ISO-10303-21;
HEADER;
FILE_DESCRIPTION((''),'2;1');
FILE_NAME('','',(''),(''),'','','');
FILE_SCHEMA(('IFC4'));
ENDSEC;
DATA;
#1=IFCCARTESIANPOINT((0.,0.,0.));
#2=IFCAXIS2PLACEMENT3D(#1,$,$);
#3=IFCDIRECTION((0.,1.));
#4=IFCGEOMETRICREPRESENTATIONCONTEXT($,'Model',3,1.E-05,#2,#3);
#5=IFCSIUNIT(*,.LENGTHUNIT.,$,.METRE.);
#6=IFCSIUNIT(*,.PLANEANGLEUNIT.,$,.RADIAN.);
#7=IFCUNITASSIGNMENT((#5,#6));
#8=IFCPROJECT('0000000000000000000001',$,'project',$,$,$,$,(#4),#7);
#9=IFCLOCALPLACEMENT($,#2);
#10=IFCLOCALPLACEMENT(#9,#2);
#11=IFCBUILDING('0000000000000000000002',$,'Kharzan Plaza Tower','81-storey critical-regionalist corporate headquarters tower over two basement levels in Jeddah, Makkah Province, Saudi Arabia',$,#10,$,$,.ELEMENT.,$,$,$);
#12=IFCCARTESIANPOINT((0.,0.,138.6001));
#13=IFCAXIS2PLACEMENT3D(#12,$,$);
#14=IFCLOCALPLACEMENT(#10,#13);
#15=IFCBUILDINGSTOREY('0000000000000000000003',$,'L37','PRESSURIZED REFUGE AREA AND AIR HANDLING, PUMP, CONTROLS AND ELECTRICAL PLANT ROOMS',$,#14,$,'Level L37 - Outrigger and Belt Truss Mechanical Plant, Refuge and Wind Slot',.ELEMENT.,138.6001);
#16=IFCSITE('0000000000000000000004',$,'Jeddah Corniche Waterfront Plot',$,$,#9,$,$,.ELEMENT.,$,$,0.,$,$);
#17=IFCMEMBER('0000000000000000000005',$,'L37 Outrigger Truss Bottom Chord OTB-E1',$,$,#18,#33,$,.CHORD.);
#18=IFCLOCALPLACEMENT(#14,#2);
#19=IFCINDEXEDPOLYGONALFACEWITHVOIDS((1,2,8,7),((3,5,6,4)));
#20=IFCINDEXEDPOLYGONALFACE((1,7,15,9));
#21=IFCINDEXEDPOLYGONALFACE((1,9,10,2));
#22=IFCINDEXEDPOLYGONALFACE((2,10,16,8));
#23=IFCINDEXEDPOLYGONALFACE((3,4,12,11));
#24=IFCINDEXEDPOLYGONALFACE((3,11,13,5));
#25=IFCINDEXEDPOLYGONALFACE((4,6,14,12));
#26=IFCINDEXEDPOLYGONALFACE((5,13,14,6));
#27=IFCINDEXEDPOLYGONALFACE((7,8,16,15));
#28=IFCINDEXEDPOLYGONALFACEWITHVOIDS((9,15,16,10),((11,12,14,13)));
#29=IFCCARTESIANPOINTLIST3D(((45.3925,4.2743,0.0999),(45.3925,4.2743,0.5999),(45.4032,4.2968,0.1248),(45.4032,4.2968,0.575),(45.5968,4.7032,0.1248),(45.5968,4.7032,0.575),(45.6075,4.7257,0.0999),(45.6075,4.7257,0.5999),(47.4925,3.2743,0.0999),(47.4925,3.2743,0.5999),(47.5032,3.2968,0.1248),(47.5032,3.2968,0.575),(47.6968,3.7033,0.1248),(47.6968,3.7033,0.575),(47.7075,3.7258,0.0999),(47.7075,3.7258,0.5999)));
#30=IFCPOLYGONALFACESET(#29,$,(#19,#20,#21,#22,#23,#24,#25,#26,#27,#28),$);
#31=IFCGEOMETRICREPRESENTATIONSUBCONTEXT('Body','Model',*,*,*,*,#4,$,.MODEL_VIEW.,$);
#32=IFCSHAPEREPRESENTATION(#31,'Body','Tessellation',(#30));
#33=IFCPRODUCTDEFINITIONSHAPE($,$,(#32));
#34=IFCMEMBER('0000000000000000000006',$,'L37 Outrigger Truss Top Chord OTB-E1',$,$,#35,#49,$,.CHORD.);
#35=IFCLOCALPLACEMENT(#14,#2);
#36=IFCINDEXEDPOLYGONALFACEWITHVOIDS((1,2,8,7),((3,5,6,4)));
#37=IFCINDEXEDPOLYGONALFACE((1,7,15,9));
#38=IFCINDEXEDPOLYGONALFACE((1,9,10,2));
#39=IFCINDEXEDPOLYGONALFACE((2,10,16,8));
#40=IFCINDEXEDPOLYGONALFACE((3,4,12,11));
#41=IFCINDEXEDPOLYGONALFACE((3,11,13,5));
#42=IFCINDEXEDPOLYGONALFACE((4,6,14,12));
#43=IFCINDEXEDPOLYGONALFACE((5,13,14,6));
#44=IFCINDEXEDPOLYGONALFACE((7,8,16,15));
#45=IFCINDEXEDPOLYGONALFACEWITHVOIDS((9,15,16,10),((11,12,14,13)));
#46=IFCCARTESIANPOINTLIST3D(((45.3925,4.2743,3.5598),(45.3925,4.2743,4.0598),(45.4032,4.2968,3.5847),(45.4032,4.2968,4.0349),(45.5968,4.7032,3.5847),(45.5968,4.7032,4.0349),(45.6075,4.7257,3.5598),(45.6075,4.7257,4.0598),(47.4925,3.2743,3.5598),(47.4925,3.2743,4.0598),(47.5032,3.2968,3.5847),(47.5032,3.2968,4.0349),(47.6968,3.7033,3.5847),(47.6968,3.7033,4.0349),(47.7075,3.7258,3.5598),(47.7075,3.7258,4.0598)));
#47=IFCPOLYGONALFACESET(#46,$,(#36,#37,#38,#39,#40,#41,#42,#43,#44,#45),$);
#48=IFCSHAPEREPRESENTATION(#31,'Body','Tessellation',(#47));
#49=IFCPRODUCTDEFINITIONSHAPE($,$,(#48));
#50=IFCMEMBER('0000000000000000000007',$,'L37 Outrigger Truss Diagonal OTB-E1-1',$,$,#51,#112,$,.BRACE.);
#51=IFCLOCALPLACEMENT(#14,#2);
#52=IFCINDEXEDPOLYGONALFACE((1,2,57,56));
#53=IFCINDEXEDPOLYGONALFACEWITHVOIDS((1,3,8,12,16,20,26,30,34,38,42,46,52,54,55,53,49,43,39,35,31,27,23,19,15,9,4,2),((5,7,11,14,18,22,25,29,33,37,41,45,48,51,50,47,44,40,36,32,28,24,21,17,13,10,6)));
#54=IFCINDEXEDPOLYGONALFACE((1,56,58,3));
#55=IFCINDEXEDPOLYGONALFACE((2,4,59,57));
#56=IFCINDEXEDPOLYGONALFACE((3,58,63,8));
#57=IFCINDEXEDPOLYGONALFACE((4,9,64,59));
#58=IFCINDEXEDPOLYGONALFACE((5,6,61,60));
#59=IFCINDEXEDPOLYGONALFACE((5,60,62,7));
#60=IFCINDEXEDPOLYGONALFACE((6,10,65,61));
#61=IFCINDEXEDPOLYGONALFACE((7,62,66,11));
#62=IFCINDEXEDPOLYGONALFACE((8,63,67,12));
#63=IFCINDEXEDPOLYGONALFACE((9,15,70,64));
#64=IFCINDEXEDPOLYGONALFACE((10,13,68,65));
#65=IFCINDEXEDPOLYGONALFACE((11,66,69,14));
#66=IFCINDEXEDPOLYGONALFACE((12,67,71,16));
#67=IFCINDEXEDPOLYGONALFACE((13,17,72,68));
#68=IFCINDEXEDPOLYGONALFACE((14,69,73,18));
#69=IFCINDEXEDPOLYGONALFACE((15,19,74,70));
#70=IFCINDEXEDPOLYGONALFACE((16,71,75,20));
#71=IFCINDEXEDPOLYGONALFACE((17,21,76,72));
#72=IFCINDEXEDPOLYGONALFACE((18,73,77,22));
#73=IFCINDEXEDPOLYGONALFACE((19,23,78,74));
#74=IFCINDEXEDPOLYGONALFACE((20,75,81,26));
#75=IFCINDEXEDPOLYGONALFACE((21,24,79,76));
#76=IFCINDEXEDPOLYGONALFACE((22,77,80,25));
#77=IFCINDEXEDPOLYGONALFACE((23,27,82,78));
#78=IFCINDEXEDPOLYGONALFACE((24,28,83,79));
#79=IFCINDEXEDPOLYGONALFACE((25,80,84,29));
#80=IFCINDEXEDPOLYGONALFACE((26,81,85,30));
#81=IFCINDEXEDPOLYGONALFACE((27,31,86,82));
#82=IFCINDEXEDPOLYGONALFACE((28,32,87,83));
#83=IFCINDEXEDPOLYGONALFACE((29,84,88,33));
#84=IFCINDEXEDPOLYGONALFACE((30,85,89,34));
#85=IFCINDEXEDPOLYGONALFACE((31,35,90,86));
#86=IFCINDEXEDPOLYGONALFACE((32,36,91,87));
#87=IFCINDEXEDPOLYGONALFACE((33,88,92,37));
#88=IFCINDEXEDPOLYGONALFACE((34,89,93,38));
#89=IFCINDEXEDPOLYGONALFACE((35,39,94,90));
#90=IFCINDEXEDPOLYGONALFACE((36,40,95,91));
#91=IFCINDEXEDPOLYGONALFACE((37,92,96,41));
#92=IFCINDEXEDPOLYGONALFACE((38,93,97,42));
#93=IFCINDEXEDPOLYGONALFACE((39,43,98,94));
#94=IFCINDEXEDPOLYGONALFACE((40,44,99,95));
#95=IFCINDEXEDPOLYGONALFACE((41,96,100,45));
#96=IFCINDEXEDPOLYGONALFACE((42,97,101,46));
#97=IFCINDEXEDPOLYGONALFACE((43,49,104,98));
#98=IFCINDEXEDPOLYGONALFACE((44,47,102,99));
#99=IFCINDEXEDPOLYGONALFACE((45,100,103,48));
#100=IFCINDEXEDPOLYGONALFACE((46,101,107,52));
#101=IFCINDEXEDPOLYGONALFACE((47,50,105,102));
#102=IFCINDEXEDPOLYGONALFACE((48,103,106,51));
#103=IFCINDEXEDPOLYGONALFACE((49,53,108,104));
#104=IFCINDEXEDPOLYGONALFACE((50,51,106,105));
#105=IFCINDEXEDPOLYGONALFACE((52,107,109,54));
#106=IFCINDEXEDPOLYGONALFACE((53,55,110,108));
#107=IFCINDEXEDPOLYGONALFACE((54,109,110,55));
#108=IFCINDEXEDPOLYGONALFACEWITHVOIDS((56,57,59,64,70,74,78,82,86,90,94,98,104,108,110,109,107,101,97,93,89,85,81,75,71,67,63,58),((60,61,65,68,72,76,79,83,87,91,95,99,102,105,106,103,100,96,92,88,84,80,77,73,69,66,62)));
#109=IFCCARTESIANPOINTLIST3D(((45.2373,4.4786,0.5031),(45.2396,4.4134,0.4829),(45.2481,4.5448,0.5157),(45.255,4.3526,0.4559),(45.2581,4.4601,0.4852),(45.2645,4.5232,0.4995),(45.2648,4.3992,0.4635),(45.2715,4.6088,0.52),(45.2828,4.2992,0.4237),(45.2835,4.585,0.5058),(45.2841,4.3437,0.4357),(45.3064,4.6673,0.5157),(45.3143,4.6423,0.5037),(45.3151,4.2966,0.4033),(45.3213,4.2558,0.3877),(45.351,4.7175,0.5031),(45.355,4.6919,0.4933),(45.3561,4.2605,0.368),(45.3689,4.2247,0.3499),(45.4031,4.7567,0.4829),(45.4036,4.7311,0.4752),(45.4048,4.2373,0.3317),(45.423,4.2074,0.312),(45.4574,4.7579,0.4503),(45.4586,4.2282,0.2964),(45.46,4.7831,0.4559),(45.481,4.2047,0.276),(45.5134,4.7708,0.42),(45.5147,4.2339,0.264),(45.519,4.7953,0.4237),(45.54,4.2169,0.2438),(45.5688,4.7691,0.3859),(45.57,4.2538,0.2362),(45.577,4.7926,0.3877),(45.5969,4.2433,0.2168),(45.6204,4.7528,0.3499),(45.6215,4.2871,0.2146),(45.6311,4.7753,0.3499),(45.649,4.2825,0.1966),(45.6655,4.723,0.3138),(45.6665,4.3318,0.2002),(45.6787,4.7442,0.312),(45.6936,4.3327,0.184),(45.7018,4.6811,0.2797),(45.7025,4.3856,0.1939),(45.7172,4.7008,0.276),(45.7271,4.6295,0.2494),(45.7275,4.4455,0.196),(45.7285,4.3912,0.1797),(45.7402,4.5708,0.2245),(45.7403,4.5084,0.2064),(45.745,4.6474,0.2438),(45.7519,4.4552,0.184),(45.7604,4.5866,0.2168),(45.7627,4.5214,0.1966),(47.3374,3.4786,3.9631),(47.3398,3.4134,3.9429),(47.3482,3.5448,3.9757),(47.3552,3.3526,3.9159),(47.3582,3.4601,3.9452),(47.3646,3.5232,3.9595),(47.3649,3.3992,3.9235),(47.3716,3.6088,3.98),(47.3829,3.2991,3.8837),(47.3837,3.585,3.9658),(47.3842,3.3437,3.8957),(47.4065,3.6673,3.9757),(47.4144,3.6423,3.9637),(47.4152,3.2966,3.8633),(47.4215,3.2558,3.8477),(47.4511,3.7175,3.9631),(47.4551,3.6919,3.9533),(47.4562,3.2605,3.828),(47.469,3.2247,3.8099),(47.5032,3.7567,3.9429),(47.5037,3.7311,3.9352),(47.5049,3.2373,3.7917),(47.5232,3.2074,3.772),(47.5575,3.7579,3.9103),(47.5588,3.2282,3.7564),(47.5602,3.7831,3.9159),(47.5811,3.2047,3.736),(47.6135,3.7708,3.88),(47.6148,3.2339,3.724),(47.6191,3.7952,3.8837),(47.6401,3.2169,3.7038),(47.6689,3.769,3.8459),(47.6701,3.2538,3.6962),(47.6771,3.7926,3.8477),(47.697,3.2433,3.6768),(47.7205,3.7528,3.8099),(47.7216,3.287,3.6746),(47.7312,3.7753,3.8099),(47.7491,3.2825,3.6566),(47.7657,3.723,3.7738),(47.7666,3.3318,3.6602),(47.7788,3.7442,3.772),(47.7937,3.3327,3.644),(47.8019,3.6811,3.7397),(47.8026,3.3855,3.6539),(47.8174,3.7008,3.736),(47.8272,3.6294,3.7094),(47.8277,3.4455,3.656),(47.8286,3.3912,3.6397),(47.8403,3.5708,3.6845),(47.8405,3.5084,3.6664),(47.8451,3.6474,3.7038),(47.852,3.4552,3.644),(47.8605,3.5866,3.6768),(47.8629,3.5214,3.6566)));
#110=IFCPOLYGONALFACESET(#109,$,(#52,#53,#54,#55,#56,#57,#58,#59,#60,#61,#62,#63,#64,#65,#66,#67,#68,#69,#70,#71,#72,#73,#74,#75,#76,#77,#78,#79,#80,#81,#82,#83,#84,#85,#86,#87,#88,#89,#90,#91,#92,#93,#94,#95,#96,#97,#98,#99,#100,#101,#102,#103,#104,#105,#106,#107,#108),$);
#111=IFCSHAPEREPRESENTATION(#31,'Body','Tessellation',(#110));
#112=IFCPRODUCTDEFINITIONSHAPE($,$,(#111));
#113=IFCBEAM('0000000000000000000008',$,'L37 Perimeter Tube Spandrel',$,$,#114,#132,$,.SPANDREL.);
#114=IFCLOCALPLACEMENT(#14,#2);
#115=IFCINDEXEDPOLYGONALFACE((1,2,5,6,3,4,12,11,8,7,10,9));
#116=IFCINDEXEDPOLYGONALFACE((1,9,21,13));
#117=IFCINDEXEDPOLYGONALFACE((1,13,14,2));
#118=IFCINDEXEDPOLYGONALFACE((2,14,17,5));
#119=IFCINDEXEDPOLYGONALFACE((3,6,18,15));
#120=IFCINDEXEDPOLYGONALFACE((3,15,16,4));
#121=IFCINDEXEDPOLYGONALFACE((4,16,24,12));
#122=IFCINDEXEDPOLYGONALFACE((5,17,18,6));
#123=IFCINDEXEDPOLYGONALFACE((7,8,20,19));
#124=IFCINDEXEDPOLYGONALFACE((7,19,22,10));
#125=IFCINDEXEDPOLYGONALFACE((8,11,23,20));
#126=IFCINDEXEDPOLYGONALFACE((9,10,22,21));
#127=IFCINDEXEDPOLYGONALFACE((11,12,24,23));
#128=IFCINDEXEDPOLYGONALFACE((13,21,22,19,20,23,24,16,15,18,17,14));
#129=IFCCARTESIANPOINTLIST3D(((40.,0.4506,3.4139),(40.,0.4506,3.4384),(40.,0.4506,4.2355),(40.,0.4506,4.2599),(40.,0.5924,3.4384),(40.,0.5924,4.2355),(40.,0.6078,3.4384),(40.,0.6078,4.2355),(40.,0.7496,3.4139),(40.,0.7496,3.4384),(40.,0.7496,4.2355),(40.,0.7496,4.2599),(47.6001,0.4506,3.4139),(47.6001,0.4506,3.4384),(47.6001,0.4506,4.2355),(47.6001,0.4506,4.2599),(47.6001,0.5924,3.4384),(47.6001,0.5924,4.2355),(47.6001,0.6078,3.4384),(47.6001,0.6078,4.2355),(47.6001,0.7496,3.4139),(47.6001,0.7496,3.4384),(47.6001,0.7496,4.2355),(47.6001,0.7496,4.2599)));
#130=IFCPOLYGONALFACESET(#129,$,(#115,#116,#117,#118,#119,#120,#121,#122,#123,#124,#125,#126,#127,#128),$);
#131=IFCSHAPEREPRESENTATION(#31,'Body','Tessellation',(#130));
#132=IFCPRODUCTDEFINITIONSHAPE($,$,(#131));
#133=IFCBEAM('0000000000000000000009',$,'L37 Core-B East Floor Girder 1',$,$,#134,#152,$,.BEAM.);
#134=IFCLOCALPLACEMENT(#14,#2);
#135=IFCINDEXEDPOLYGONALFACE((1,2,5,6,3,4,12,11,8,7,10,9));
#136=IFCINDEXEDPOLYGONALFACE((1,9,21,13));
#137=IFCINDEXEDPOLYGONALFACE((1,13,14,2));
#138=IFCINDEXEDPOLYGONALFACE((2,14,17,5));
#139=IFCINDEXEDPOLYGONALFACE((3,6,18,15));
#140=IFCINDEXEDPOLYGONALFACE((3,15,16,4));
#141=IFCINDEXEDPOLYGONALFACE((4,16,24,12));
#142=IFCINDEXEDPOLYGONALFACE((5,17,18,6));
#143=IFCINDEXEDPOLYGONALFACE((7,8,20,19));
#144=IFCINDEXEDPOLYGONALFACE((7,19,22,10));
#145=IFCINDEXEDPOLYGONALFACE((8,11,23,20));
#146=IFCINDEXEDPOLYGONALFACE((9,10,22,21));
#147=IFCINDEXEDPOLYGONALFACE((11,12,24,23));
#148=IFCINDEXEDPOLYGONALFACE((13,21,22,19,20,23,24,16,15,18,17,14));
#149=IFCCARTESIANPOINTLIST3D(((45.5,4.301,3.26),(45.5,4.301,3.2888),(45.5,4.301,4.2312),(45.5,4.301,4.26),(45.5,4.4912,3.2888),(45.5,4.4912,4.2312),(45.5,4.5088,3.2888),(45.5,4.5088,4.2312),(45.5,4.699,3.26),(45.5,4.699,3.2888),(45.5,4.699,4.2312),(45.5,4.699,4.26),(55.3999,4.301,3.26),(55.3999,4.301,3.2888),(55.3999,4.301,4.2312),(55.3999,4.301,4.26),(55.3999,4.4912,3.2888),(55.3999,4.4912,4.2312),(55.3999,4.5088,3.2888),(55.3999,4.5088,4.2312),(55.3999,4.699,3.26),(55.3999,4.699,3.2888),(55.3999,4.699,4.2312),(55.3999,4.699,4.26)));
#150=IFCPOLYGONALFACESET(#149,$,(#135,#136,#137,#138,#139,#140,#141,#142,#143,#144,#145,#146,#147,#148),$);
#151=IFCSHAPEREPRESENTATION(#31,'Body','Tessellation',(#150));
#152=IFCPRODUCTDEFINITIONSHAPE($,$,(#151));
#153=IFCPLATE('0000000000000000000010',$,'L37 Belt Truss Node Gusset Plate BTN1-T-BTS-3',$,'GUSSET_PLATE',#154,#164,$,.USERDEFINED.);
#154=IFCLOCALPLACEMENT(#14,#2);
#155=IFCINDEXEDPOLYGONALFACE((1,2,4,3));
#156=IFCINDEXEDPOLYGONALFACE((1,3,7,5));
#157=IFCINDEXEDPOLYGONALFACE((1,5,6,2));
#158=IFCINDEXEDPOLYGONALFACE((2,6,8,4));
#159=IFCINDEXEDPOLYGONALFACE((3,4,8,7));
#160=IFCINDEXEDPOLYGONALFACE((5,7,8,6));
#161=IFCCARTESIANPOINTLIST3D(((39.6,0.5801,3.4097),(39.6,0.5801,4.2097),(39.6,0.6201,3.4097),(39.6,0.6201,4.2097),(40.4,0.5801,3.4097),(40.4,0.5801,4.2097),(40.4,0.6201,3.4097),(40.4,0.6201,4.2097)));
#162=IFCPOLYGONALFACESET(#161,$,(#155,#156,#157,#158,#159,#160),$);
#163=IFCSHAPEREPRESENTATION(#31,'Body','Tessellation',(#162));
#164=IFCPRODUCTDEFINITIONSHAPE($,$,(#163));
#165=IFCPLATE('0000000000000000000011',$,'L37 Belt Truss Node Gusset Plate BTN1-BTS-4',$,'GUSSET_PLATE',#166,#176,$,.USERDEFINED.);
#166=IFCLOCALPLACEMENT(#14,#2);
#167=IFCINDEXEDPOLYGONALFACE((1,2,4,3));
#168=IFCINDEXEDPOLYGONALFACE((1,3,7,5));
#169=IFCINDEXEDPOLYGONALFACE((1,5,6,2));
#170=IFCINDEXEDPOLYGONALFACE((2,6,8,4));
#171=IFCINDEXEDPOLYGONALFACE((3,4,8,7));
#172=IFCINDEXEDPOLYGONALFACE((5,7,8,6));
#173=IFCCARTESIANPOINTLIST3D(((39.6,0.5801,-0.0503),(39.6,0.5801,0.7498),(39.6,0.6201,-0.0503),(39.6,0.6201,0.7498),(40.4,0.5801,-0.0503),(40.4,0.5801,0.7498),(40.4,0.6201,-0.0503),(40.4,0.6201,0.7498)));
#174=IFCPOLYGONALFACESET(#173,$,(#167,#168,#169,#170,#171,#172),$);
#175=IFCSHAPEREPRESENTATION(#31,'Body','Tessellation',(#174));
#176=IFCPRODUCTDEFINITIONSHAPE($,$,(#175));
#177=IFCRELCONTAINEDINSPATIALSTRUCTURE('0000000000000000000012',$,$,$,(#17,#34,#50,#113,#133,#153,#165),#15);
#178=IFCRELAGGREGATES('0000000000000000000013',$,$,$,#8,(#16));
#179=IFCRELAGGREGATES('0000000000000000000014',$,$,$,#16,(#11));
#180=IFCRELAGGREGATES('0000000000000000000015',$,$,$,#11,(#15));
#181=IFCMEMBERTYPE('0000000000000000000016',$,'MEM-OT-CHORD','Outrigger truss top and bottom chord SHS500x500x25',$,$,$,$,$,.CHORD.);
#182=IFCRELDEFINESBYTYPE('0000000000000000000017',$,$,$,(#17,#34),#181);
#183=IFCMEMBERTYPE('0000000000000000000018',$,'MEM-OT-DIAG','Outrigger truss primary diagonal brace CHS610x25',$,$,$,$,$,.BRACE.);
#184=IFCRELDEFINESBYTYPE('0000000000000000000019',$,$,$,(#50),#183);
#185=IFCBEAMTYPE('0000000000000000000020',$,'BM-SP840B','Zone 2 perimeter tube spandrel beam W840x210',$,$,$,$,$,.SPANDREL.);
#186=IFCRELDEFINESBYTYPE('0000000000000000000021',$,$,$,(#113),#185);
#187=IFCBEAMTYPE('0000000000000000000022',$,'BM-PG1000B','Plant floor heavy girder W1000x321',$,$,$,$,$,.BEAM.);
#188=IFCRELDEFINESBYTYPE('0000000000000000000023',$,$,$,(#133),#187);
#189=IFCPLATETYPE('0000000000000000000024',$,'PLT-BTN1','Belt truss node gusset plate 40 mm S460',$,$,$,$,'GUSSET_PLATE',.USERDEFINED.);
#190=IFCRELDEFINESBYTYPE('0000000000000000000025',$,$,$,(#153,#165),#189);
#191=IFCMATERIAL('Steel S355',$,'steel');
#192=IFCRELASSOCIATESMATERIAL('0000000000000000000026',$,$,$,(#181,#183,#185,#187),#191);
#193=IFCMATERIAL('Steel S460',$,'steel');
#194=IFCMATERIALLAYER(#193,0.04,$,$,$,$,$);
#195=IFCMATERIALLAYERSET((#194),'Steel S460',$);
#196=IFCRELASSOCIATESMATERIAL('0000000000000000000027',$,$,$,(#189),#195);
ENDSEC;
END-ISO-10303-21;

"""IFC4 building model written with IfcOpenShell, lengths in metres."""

from ifc_helpers import new_model, si_unit, direction, frame, origin, origin_2d, place, context, subcontext, project, spatial, rectangle, hollow_rectangle, hollow_circle, i_section, extrude, source, transform, mapped, material, layer, layer_set, material_profile, profile_set, type_object, element, save


model = new_model("IFC4")

# Units and contexts
model_context = context("Model", 3, precision=1e-05, world=origin(), true_north=direction((0.0, 1.0)))
body_context = subcontext(model_context, "Body", "Model", "MODEL_VIEW")
ifc_project = project(units=[si_unit("LENGTHUNIT", "METRE"), si_unit("PLANEANGLEUNIT", "RADIAN")], contexts=[model_context])

# Site, building, storey
site_placement = place(None, origin())
site = spatial("IfcSite", under=ifc_project, at=site_placement, Name="Jeddah Corniche Waterfront Plot", CompositionType="ELEMENT", RefElevation=0.0)
building_placement = place(site_placement, origin())
building = spatial("IfcBuilding", under=site, at=building_placement, Name="Kharzan Plaza Tower", Description="81-storey critical-regionalist corporate headquarters tower over two basement levels in Jeddah, Makkah Province, Saudi Arabia", CompositionType="ELEMENT")
storey_placement = place(building_placement, frame((0.0, 0.0, 138.6001)))
storey = spatial("IfcBuildingStorey", under=building, at=storey_placement, Name="L37", Description="PRESSURIZED REFUGE AREA AND AIR HANDLING, PUMP, CONTROLS AND ELECTRICAL PLANT ROOMS", LongName="Level L37 - Outrigger and Belt Truss Mechanical Plant, Refuge and Wind Slot", CompositionType="ELEMENT", Elevation=138.6001)

# Shared definitions
ifc_material_1 = material(Name="Steel S355", Category="steel")

# Members
ifc_material_profile_1 = material_profile(ifc_material_1, hollow_rectangle(XDim=0.5, YDim=0.5, WallThickness=0.0249, at=origin_2d()), Name="SHS500x500x25")
ifc_profile_set_1 = profile_set([ifc_material_profile_1], Name="Steel S355")
member_type_1 = type_object("IfcMemberType", Name="MEM-OT-CHORD", Description="Outrigger truss top and bottom chord SHS500x500x25", PredefinedType="CHORD", material=ifc_profile_set_1)
shared_shape_1 = source(origin(), body_context, "Body", "SweptSolid", [
    extrude(hollow_rectangle(XDim=0.5, YDim=0.5, WallThickness=0.0249, at=origin_2d()), origin(), (0.0, 0.0, 1.0), 2.3259),
])
for number, where, z_axis, x_axis, name in (
    (1, (45.5, 4.5, 0.3499), (0.902868, -0.429917, 0.0), (0.429917, 0.902868, 0.0), "L37 Outrigger Truss Bottom Chord OTB-E1"),
    (2, (45.5, 4.5, 3.8098), (0.902868, -0.429917, 0.0), (0.429917, 0.902868, 0.0), "L37 Outrigger Truss Top Chord OTB-E1"),
):
    element("IfcMember", number, at=place(storey_placement, frame(where, z_axis=z_axis, x_axis=x_axis)), inside=storey, type_object=member_type_1, Name=name, PredefinedType="CHORD", context=body_context, shape_type="MappedRepresentation", body=[
        mapped(shared_shape_1, transform((0.0, 0.0, 0.0), x_axis=(1.0, 0.0, 0.0), y_axis=(0.0, 1.0, 0.0), z_axis=(0.0, 0.0, 1.0))),
    ])
ifc_material_profile_2 = material_profile(ifc_material_1, hollow_circle(Radius=0.3049, WallThickness=0.0249, at=origin_2d()), Name="CHS610x25")
ifc_profile_set_2 = profile_set([ifc_material_profile_2], Name="Steel S355")
member_type_2 = type_object("IfcMemberType", Name="MEM-OT-DIAG", Description="Outrigger truss primary diagonal brace CHS610x25", PredefinedType="BRACE", material=ifc_profile_set_2)
shared_shape_2 = source(origin(), body_context, "Body", "SweptSolid", [
    extrude(hollow_circle(Radius=0.3049, WallThickness=0.0249, at=origin_2d()), origin(), (0.0, 0.0, 1.0), 4.1692),
])
member_1_placement = place(storey_placement, frame((45.5, 4.5, 0.3499), z_axis=(0.503724, -0.239858, 0.829898), x_axis=(0.429917, 0.902868, 0.0)))
element("IfcMember", 3, at=member_1_placement, inside=storey, type_object=member_type_2, Name="L37 Outrigger Truss Diagonal OTB-E1-1", PredefinedType="BRACE", context=body_context, shape_type="MappedRepresentation", body=[
    mapped(shared_shape_2, transform((0.0, 0.0, 0.0), x_axis=(1.0, 0.0, 0.0), y_axis=(0.0, 1.0, 0.0), z_axis=(0.0, 0.0, 1.0))),
])

# Beams
ifc_material_profile_3 = material_profile(ifc_material_1, i_section(OverallWidth=0.2991, OverallDepth=0.8459, WebThickness=0.0154, FlangeThickness=0.0244, at=origin_2d()), Name="W840x210")
ifc_profile_set_3 = profile_set([ifc_material_profile_3], Name="Steel S355")
beam_type_1 = type_object("IfcBeamType", Name="BM-SP840B", Description="Zone 2 perimeter tube spandrel beam W840x210", PredefinedType="SPANDREL", material=ifc_profile_set_3)
shared_shape_3 = source(origin(), body_context, "Body", "SweptSolid", [
    extrude(i_section(OverallWidth=0.2991, OverallDepth=0.8459, WebThickness=0.0154, FlangeThickness=0.0244, at=origin_2d()), origin(), (0.0, 0.0, 1.0), 7.6001),
])
beam_1_placement = place(storey_placement, frame((40.0, 0.6001, 3.8369), z_axis=(1.0, 0.0, 0.0), x_axis=(0.0, 1.0, 0.0)))
element("IfcBeam", 4, at=beam_1_placement, inside=storey, type_object=beam_type_1, Name="L37 Perimeter Tube Spandrel", PredefinedType="SPANDREL", context=body_context, shape_type="MappedRepresentation", body=[
    mapped(shared_shape_3, transform((0.0, 0.0, 0.0), x_axis=(1.0, 0.0, 0.0), y_axis=(0.0, 1.0, 0.0), z_axis=(0.0, 0.0, 1.0))),
])
ifc_material_profile_4 = material_profile(ifc_material_1, i_section(OverallWidth=0.3979, OverallDepth=1.0, WebThickness=0.0176, FlangeThickness=0.0288, at=origin_2d()), Name="W1000x321")
ifc_profile_set_4 = profile_set([ifc_material_profile_4], Name="Steel S355")
beam_type_2 = type_object("IfcBeamType", Name="BM-PG1000B", Description="Plant floor heavy girder W1000x321", PredefinedType="BEAM", material=ifc_profile_set_4)
shared_shape_4 = source(origin(), body_context, "Body", "SweptSolid", [
    extrude(i_section(OverallWidth=0.3979, OverallDepth=1.0, WebThickness=0.0176, FlangeThickness=0.0288, at=origin_2d()), origin(), (0.0, 0.0, 1.0), 9.8999),
])
beam_2_placement = place(storey_placement, frame((45.5, 4.5, 3.76), z_axis=(1.0, 0.0, 0.0), x_axis=(0.0, 1.0, 0.0)))
element("IfcBeam", 5, at=beam_2_placement, inside=storey, type_object=beam_type_2, Name="L37 Core-B East Floor Girder 1", PredefinedType="BEAM", context=body_context, shape_type="MappedRepresentation", body=[
    mapped(shared_shape_4, transform((0.0, 0.0, 0.0), x_axis=(1.0, 0.0, 0.0), y_axis=(0.0, 1.0, 0.0), z_axis=(0.0, 0.0, 1.0))),
])

# Plates
ifc_material_2 = material(Name="Steel S460", Category="steel")
ifc_layer_1 = layer(ifc_material_2, 0.04)
ifc_layer_set_1 = layer_set([ifc_layer_1], Name="Steel S460")
plate_type = type_object("IfcPlateType", Name="PLT-BTN1", Description="Belt truss node gusset plate 40 mm S460", ElementType="GUSSET_PLATE", PredefinedType="USERDEFINED", material=ifc_layer_set_1)
shared_shape_5 = source(origin(), body_context, "Body", "SweptSolid", [
    extrude(rectangle(XDim=0.8, YDim=0.04, at=origin_2d()), origin(), (0.0, 0.0, 1.0), 0.8),
])
for number, where, z_axis, x_axis, name in (
    (6, (40.0, 0.6001, 3.4097), (0.0, 0.0, 1.0), (1.0, 0.0, 0.0), "L37 Belt Truss Node Gusset Plate BTN1-T-BTS-3"),
    (7, (40.0, 0.6001, -0.0503), (0.0, 0.0, 1.0), (1.0, 0.0, 0.0), "L37 Belt Truss Node Gusset Plate BTN1-BTS-4"),
):
    element("IfcPlate", number, at=place(storey_placement, frame(where, z_axis=z_axis, x_axis=x_axis)), inside=storey, type_object=plate_type, Name=name, ObjectType="GUSSET_PLATE", PredefinedType="USERDEFINED", context=body_context, shape_type="MappedRepresentation", body=[
        mapped(shared_shape_5, transform((0.0, 0.0, 0.0), x_axis=(1.0, 0.0, 0.0), y_axis=(0.0, 1.0, 0.0), z_axis=(0.0, 0.0, 1.0))),
    ])

save(model, "model.ifc")
